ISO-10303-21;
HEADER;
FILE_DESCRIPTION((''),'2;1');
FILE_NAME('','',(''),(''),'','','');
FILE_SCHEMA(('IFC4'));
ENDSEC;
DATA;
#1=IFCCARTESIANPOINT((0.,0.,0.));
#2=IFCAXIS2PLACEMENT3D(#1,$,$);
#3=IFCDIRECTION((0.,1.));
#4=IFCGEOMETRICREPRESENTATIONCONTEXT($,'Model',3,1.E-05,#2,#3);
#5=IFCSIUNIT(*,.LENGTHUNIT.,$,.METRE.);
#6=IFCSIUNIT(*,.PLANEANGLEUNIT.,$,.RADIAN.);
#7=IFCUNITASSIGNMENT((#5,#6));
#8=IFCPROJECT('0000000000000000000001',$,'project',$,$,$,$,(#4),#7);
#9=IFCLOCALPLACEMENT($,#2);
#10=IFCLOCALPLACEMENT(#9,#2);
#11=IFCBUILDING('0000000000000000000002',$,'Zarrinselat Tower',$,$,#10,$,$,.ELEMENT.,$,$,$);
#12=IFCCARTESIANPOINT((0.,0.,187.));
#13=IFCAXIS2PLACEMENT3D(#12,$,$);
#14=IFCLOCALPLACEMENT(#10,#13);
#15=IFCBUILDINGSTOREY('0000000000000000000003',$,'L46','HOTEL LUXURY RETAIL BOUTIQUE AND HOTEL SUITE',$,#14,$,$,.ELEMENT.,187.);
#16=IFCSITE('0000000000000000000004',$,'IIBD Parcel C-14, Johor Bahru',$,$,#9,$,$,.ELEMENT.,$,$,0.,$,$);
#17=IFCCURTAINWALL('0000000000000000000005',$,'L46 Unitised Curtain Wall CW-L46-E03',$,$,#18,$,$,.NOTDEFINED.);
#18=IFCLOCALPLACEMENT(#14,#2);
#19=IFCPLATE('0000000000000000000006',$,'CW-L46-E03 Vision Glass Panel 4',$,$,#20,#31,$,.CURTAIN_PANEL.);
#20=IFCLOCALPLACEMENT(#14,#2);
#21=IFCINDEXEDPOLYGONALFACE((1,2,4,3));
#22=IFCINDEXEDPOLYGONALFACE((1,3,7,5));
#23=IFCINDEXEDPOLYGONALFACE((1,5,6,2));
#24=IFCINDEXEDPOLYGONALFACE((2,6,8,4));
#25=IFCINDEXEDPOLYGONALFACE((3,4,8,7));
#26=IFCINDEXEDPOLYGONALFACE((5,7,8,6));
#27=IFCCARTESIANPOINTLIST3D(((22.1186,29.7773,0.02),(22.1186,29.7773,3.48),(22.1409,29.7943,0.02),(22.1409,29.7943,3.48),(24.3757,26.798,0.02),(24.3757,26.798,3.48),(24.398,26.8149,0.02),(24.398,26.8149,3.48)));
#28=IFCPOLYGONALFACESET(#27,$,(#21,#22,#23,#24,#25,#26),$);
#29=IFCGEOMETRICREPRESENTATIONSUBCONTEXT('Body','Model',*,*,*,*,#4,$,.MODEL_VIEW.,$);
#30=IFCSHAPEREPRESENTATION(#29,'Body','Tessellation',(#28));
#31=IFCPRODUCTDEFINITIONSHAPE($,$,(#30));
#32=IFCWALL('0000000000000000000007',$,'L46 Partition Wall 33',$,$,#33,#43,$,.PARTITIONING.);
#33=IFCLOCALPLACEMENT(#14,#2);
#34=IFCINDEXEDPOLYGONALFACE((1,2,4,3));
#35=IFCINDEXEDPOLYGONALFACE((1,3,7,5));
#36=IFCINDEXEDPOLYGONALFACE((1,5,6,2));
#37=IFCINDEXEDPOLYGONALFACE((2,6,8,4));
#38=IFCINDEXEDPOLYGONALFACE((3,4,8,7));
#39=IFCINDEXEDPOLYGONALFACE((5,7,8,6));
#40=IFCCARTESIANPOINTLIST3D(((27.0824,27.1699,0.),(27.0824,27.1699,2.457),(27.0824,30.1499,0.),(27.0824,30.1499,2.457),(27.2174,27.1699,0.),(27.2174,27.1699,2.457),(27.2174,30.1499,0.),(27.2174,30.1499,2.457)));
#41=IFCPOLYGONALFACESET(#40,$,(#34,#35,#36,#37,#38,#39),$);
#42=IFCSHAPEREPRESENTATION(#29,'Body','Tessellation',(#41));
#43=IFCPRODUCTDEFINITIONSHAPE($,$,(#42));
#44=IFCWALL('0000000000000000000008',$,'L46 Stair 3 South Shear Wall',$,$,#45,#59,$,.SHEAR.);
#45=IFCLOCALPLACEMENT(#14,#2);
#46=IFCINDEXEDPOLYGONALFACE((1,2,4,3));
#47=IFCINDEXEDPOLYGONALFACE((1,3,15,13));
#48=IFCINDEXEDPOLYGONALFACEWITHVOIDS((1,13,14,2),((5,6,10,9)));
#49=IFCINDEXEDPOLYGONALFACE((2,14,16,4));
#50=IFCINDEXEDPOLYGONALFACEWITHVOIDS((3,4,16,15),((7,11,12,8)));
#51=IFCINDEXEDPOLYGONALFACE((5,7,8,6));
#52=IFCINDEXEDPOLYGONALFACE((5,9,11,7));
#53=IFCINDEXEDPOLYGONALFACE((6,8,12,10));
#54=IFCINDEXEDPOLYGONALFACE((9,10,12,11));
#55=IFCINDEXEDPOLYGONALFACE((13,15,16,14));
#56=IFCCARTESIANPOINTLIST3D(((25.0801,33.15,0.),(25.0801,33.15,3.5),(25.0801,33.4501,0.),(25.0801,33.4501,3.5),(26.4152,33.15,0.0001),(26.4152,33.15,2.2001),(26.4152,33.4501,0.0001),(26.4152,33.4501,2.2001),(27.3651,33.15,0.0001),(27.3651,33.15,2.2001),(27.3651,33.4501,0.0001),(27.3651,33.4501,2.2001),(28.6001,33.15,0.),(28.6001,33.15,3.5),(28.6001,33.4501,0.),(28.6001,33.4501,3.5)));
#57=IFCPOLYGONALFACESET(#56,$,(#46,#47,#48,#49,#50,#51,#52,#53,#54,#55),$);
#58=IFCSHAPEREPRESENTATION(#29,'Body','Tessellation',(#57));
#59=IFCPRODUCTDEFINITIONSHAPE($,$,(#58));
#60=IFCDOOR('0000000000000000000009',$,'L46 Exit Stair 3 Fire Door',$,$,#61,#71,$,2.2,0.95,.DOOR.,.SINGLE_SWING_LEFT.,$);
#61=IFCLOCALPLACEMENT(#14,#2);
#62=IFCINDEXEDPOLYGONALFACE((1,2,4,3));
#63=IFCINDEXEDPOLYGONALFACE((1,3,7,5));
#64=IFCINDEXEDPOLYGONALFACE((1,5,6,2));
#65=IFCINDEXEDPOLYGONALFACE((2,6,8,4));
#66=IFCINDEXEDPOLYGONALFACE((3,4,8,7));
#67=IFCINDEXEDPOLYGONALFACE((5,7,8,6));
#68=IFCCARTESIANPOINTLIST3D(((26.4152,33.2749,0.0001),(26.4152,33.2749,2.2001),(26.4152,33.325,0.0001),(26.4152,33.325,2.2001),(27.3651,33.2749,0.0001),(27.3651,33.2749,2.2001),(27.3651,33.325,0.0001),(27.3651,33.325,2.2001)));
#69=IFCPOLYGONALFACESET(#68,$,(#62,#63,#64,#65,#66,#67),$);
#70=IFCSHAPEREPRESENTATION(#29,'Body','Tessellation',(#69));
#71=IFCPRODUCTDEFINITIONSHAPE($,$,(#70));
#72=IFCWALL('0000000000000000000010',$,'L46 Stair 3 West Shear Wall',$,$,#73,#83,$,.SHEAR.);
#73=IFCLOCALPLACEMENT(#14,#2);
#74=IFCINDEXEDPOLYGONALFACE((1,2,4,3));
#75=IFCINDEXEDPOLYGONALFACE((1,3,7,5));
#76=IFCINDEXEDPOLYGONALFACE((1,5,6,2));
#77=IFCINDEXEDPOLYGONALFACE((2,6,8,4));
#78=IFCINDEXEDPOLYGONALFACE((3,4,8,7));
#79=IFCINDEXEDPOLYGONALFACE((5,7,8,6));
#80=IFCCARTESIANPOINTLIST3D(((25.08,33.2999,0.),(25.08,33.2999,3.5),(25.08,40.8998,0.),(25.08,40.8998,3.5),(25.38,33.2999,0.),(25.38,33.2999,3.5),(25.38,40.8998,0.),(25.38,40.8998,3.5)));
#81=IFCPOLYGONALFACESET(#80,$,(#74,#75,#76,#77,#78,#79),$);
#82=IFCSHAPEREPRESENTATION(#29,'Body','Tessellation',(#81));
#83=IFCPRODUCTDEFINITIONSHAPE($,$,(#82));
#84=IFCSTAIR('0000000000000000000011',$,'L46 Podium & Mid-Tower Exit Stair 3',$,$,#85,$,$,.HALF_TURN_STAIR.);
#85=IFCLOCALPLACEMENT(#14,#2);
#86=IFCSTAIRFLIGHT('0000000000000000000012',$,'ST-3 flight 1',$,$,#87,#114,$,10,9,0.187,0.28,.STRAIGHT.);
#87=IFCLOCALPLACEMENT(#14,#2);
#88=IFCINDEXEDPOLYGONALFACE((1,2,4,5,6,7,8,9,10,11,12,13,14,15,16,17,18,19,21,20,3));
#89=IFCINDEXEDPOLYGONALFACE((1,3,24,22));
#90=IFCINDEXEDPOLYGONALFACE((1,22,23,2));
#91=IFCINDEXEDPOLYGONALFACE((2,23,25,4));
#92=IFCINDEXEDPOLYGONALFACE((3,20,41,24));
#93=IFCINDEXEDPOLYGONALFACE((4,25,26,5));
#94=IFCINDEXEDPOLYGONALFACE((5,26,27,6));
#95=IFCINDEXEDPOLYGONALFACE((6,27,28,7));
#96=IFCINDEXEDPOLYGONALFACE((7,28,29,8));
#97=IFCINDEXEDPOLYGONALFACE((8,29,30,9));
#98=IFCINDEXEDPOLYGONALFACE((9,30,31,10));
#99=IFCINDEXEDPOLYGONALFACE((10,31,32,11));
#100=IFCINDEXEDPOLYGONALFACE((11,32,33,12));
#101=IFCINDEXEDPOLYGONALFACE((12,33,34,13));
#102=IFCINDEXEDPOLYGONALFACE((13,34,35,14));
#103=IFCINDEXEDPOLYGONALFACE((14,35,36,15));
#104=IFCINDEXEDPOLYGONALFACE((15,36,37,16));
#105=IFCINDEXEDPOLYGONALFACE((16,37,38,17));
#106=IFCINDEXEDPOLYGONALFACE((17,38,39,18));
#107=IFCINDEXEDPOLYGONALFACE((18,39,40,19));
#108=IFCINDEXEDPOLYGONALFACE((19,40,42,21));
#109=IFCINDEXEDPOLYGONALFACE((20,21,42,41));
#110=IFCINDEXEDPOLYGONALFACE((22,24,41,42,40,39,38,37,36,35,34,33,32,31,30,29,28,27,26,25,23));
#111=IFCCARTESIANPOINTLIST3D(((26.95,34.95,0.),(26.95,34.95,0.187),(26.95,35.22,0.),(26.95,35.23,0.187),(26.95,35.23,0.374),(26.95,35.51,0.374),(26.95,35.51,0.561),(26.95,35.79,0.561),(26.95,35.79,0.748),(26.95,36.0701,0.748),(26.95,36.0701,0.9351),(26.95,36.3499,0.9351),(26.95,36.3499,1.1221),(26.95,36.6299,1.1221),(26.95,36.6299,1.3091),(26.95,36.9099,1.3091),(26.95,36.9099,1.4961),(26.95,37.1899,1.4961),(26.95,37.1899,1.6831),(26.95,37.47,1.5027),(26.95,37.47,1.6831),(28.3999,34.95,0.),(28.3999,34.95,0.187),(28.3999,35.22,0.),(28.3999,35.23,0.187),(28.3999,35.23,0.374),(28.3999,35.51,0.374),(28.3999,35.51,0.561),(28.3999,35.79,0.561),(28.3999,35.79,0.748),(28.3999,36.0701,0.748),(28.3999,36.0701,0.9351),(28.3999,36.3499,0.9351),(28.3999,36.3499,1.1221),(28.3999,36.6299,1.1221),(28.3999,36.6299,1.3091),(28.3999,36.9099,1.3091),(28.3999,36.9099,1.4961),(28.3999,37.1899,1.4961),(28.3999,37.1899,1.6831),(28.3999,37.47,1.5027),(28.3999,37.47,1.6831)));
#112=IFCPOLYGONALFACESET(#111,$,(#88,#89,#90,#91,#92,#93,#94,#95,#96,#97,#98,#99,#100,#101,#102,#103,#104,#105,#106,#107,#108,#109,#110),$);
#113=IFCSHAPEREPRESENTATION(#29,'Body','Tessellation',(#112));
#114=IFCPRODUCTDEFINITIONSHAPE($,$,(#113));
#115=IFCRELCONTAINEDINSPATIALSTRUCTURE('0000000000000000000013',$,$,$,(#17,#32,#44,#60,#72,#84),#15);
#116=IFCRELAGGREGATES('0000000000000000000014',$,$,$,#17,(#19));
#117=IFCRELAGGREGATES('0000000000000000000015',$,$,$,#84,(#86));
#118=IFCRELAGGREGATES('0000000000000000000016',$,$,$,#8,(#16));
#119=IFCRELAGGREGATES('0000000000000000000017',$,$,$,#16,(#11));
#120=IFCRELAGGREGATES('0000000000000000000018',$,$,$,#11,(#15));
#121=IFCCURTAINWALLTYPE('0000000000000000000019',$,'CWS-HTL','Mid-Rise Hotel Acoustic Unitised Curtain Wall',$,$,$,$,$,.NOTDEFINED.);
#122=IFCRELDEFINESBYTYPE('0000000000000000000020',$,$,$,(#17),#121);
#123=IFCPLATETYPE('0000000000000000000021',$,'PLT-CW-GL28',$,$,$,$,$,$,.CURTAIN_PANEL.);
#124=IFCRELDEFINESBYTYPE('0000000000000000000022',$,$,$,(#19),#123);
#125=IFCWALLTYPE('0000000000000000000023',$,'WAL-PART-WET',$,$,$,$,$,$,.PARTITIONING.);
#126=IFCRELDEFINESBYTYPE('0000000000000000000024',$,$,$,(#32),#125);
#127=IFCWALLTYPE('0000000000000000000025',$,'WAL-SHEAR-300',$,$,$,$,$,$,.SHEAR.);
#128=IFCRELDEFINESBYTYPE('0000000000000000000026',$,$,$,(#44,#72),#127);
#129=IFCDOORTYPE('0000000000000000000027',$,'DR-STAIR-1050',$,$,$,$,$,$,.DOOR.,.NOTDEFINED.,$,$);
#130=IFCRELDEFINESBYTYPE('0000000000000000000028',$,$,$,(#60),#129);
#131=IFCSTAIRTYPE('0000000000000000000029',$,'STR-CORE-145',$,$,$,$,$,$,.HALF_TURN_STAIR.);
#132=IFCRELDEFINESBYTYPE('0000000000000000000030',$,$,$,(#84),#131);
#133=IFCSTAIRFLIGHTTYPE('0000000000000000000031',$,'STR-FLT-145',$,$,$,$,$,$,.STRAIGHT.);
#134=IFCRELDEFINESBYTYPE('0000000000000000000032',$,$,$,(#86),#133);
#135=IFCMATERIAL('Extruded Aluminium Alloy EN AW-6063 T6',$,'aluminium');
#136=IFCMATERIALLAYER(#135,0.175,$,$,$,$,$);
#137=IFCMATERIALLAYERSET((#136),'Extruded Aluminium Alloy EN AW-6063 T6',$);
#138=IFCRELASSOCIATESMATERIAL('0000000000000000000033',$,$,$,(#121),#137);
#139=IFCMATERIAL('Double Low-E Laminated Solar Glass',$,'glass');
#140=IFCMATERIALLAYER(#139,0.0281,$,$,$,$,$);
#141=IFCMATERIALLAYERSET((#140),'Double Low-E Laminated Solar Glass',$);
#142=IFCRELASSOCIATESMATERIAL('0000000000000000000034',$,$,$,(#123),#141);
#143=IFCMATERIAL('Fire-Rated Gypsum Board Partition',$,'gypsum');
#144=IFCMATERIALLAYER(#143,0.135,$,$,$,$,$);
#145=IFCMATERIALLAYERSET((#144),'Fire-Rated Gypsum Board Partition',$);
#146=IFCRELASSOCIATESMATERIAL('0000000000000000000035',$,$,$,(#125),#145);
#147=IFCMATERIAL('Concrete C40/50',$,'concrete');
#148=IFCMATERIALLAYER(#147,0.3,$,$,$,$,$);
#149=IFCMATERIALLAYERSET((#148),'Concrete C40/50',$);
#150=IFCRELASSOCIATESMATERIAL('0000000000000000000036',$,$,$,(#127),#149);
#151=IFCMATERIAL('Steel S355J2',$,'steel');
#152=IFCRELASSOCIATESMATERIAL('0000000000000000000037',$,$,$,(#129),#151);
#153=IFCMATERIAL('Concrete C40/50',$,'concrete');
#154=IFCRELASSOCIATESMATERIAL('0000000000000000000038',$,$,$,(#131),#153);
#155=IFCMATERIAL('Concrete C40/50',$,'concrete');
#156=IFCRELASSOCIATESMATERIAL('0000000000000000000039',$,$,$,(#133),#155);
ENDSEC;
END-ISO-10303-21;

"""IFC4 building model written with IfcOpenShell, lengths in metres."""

from ifc_helpers import new_model, si_unit, direction, frame, frame_2d, origin, origin_2d, place, context, subcontext, project, spatial, polyline, rectangle, outline, extrude, material, layer, layer_set, type_object, element, fill, aggregate, save


model = new_model("IFC4")

# Units and contexts
model_context = context("Model", 3, precision=1e-05, world=origin(), true_north=direction((0.0, 1.0)))
body_context = subcontext(model_context, "Body", "Model", "MODEL_VIEW")
ifc_project = project(units=[si_unit("LENGTHUNIT", "METRE"), si_unit("PLANEANGLEUNIT", "RADIAN")], contexts=[model_context])

# Site, building, storey
site_placement = place(None, origin())
site = spatial("IfcSite", under=ifc_project, at=site_placement, Name="IIBD Parcel C-14, Johor Bahru", CompositionType="ELEMENT", RefElevation=0.0)
building_placement = place(site_placement, origin())
building = spatial("IfcBuilding", under=site, at=building_placement, Name="Zarrinselat Tower", CompositionType="ELEMENT")
storey_placement = place(building_placement, frame((0.0, 0.0, 187.0)))
storey = spatial("IfcBuildingStorey", under=building, at=storey_placement, Name="L46", Description="HOTEL LUXURY RETAIL BOUTIQUE AND HOTEL SUITE", CompositionType="ELEMENT", Elevation=187.0)

# Curtain wall, plate
ifc_material_1 = material(Name="Extruded Aluminium Alloy EN AW-6063 T6", Category="aluminium")
ifc_layer_1 = layer(ifc_material_1, 0.175)
ifc_layer_set_1 = layer_set([ifc_layer_1], Name="Extruded Aluminium Alloy EN AW-6063 T6")
curtain_wall_type = type_object("IfcCurtainWallType", Name="CWS-HTL", Description="Mid-Rise Hotel Acoustic Unitised Curtain Wall", PredefinedType="NOTDEFINED", material=ifc_layer_set_1)
curtain_wall_placement = place(storey_placement, origin())
curtain_wall = element("IfcCurtainWall", 1, at=curtain_wall_placement, inside=storey, type_object=curtain_wall_type, Name="L46 Unitised Curtain Wall CW-L46-E03", PredefinedType="NOTDEFINED")
ifc_material_2 = material(Name="Double Low-E Laminated Solar Glass", Category="glass")
ifc_layer_2 = layer(ifc_material_2, 0.0281)
ifc_layer_set_2 = layer_set([ifc_layer_2], Name="Double Low-E Laminated Solar Glass")
plate_type = type_object("IfcPlateType", Name="PLT-CW-GL28", PredefinedType="CURTAIN_PANEL", material=ifc_layer_set_2)
plate_1_placement = place(storey_placement, frame((23.2583, 28.2961, 0.02), z_axis=(0.0, 0.0, 1.0), x_axis=(0.603857, -0.797093, 0.0)))
plate_1 = element("IfcPlate", 2, at=plate_1_placement, type_object=plate_type, Name="CW-L46-E03 Vision Glass Panel 4", PredefinedType="CURTAIN_PANEL", context=body_context, shape_type="SweptSolid", body=[
    extrude(rectangle(XDim=3.7378, YDim=0.0281, at=origin_2d()), origin(), (0.0, 0.0, 1.0), 3.46),
])
aggregate(curtain_wall, [plate_1])

# Wall
ifc_material_3 = material(Name="Fire-Rated Gypsum Board Partition", Category="gypsum")
ifc_layer_3 = layer(ifc_material_3, 0.135)
ifc_layer_set_3 = layer_set([ifc_layer_3], Name="Fire-Rated Gypsum Board Partition")
wall_type_1 = type_object("IfcWallType", Name="WAL-PART-WET", PredefinedType="PARTITIONING", material=ifc_layer_set_3)
wall_1_placement = place(storey_placement, frame((27.1499, 27.1699, 0.0), z_axis=(0.0, 0.0, 1.0), x_axis=(0.0, 1.0, 0.0)))
element("IfcWall", 3, at=wall_1_placement, inside=storey, type_object=wall_type_1, Name="L46 Partition Wall 33", PredefinedType="PARTITIONING", context=body_context, shape_type="SweptSolid", body=[
    extrude(rectangle(XDim=2.98, YDim=0.135, at=frame_2d((1.49, 0.0))), origin(), (0.0, 0.0, 1.0), 2.457),
])

# Wall, opening, door
ifc_material_4 = material(Name="Concrete C40/50", Category="concrete")
ifc_layer_4 = layer(ifc_material_4, 0.3)
ifc_layer_set_4 = layer_set([ifc_layer_4], Name="Concrete C40/50")
wall_type_2 = type_object("IfcWallType", Name="WAL-SHEAR-300", PredefinedType="SHEAR", material=ifc_layer_set_4)
wall_2_placement = place(storey_placement, frame((25.0801, 33.3, 0.0), z_axis=(0.0, 0.0, 1.0), x_axis=(1.0, 0.0, 0.0)))
wall_2 = element("IfcWall", 4, at=wall_2_placement, inside=storey, type_object=wall_type_2, Name="L46 Stair 3 South Shear Wall", PredefinedType="SHEAR", context=body_context, shape_type="SweptSolid", body=[
    extrude(rectangle(XDim=3.52, YDim=0.3, at=frame_2d((1.76, 0.0))), origin(), (0.0, 0.0, 1.0), 3.5),
])
opening_placement = place(wall_2_placement, frame((1.335, 0.0, 0.0)))
opening = element("IfcOpeningElement", 5, at=opening_placement, cuts=wall_2, PredefinedType="OPENING", context=body_context, shape_type="SweptSolid", body=[
    extrude(rectangle(XDim=0.95, YDim=2.2, at=frame_2d((0.4751, 1.1001))), frame((0.0, 0.1599, 0.0), z_axis=(0.0, -1.0, 0.0), x_axis=(1.0, 0.0, 0.0)), (0.0, 0.0, 1.0), 0.3201),
])
ifc_material_5 = material(Name="Steel S355J2", Category="steel")
door_type = type_object("IfcDoorType", Name="DR-STAIR-1050", OperationType="NOTDEFINED", PredefinedType="DOOR", material=ifc_material_5)
door_placement = place(opening_placement, origin())
door = element("IfcDoor", 6, at=door_placement, inside=storey, type_object=door_type, Name="L46 Exit Stair 3 Fire Door", OperationType="SINGLE_SWING_LEFT", OverallHeight=2.2, OverallWidth=0.95, PredefinedType="DOOR", context=body_context, shape_type="SweptSolid", body=[
    extrude(rectangle(XDim=0.95, YDim=2.2, at=frame_2d((0.4751, 1.1001))), frame((0.0, 0.0249, 0.0), z_axis=(0.0, -1.0, 0.0), x_axis=(1.0, 0.0, 0.0)), (0.0, 0.0, 1.0), 0.05),
])
fill(opening, door)

# Wall
wall_3_placement = place(storey_placement, frame((25.23, 33.3, 0.0), z_axis=(0.0, 0.0, 1.0), x_axis=(0.0, 1.0, 0.0)))
element("IfcWall", 7, at=wall_3_placement, inside=storey, type_object=wall_type_2, Name="L46 Stair 3 West Shear Wall", PredefinedType="SHEAR", context=body_context, shape_type="SweptSolid", body=[
    extrude(rectangle(XDim=7.5999, YDim=0.3, at=frame_2d((3.7998, 0.0))), origin(), (0.0, 0.0, 1.0), 3.5),
])

# Stair, stair flight
ifc_material_6 = material(Name="Concrete C40/50", Category="concrete")
stair_type = type_object("IfcStairType", Name="STR-CORE-145", PredefinedType="HALF_TURN_STAIR", material=ifc_material_6)
stair_placement = place(storey_placement, origin())
stair = element("IfcStair", 8, at=stair_placement, inside=storey, type_object=stair_type, Name="L46 Podium & Mid-Tower Exit Stair 3", PredefinedType="HALF_TURN_STAIR")
ifc_material_7 = material(Name="Concrete C40/50", Category="concrete")
stair_flight_type = type_object("IfcStairFlightType", Name="STR-FLT-145", PredefinedType="STRAIGHT", material=ifc_material_7)
stair_flight_placement = place(storey_placement, frame((27.675, 34.95, 0.0), z_axis=(0.0, 0.0, 1.0), x_axis=(0.0, 1.0, 0.0)))
stair_flight = element("IfcStairFlight", 9, at=stair_flight_placement, type_object=stair_flight_type, Name="ST-3 flight 1", NumberOfRisers=10, NumberOfTreads=9, PredefinedType="STRAIGHT", RiserHeight=0.187, TreadLength=0.28, context=body_context, shape_type="SweptSolid", body=[
    extrude(outline(polyline([(0.0, 0.0), (0.0, 0.187), (0.28, 0.187), (0.28, 0.374), (0.5601, 0.374), (0.5601, 0.561), (0.8401, 0.561), (0.8401, 0.748), (1.1201, 0.748), (1.1201, 0.9351), (1.3999, 0.9351), (1.3999, 1.1221), (1.6799, 1.1221), (1.6799, 1.3091), (1.96, 1.3091), (1.96, 1.4961), (2.24, 1.4961), (2.24, 1.6831), (2.52, 1.6831), (2.52, 1.8701), (2.52, 1.5027), (0.27, 0.0), (0.0, 0.0)])), frame((0.0, 0.7251, 0.0), z_axis=(0.0, -1.0, 0.0), x_axis=(1.0, 0.0, 0.0)), (0.0, 0.0, 1.0), 1.45),
])
aggregate(stair, [stair_flight])

save(model, "model.ifc")
